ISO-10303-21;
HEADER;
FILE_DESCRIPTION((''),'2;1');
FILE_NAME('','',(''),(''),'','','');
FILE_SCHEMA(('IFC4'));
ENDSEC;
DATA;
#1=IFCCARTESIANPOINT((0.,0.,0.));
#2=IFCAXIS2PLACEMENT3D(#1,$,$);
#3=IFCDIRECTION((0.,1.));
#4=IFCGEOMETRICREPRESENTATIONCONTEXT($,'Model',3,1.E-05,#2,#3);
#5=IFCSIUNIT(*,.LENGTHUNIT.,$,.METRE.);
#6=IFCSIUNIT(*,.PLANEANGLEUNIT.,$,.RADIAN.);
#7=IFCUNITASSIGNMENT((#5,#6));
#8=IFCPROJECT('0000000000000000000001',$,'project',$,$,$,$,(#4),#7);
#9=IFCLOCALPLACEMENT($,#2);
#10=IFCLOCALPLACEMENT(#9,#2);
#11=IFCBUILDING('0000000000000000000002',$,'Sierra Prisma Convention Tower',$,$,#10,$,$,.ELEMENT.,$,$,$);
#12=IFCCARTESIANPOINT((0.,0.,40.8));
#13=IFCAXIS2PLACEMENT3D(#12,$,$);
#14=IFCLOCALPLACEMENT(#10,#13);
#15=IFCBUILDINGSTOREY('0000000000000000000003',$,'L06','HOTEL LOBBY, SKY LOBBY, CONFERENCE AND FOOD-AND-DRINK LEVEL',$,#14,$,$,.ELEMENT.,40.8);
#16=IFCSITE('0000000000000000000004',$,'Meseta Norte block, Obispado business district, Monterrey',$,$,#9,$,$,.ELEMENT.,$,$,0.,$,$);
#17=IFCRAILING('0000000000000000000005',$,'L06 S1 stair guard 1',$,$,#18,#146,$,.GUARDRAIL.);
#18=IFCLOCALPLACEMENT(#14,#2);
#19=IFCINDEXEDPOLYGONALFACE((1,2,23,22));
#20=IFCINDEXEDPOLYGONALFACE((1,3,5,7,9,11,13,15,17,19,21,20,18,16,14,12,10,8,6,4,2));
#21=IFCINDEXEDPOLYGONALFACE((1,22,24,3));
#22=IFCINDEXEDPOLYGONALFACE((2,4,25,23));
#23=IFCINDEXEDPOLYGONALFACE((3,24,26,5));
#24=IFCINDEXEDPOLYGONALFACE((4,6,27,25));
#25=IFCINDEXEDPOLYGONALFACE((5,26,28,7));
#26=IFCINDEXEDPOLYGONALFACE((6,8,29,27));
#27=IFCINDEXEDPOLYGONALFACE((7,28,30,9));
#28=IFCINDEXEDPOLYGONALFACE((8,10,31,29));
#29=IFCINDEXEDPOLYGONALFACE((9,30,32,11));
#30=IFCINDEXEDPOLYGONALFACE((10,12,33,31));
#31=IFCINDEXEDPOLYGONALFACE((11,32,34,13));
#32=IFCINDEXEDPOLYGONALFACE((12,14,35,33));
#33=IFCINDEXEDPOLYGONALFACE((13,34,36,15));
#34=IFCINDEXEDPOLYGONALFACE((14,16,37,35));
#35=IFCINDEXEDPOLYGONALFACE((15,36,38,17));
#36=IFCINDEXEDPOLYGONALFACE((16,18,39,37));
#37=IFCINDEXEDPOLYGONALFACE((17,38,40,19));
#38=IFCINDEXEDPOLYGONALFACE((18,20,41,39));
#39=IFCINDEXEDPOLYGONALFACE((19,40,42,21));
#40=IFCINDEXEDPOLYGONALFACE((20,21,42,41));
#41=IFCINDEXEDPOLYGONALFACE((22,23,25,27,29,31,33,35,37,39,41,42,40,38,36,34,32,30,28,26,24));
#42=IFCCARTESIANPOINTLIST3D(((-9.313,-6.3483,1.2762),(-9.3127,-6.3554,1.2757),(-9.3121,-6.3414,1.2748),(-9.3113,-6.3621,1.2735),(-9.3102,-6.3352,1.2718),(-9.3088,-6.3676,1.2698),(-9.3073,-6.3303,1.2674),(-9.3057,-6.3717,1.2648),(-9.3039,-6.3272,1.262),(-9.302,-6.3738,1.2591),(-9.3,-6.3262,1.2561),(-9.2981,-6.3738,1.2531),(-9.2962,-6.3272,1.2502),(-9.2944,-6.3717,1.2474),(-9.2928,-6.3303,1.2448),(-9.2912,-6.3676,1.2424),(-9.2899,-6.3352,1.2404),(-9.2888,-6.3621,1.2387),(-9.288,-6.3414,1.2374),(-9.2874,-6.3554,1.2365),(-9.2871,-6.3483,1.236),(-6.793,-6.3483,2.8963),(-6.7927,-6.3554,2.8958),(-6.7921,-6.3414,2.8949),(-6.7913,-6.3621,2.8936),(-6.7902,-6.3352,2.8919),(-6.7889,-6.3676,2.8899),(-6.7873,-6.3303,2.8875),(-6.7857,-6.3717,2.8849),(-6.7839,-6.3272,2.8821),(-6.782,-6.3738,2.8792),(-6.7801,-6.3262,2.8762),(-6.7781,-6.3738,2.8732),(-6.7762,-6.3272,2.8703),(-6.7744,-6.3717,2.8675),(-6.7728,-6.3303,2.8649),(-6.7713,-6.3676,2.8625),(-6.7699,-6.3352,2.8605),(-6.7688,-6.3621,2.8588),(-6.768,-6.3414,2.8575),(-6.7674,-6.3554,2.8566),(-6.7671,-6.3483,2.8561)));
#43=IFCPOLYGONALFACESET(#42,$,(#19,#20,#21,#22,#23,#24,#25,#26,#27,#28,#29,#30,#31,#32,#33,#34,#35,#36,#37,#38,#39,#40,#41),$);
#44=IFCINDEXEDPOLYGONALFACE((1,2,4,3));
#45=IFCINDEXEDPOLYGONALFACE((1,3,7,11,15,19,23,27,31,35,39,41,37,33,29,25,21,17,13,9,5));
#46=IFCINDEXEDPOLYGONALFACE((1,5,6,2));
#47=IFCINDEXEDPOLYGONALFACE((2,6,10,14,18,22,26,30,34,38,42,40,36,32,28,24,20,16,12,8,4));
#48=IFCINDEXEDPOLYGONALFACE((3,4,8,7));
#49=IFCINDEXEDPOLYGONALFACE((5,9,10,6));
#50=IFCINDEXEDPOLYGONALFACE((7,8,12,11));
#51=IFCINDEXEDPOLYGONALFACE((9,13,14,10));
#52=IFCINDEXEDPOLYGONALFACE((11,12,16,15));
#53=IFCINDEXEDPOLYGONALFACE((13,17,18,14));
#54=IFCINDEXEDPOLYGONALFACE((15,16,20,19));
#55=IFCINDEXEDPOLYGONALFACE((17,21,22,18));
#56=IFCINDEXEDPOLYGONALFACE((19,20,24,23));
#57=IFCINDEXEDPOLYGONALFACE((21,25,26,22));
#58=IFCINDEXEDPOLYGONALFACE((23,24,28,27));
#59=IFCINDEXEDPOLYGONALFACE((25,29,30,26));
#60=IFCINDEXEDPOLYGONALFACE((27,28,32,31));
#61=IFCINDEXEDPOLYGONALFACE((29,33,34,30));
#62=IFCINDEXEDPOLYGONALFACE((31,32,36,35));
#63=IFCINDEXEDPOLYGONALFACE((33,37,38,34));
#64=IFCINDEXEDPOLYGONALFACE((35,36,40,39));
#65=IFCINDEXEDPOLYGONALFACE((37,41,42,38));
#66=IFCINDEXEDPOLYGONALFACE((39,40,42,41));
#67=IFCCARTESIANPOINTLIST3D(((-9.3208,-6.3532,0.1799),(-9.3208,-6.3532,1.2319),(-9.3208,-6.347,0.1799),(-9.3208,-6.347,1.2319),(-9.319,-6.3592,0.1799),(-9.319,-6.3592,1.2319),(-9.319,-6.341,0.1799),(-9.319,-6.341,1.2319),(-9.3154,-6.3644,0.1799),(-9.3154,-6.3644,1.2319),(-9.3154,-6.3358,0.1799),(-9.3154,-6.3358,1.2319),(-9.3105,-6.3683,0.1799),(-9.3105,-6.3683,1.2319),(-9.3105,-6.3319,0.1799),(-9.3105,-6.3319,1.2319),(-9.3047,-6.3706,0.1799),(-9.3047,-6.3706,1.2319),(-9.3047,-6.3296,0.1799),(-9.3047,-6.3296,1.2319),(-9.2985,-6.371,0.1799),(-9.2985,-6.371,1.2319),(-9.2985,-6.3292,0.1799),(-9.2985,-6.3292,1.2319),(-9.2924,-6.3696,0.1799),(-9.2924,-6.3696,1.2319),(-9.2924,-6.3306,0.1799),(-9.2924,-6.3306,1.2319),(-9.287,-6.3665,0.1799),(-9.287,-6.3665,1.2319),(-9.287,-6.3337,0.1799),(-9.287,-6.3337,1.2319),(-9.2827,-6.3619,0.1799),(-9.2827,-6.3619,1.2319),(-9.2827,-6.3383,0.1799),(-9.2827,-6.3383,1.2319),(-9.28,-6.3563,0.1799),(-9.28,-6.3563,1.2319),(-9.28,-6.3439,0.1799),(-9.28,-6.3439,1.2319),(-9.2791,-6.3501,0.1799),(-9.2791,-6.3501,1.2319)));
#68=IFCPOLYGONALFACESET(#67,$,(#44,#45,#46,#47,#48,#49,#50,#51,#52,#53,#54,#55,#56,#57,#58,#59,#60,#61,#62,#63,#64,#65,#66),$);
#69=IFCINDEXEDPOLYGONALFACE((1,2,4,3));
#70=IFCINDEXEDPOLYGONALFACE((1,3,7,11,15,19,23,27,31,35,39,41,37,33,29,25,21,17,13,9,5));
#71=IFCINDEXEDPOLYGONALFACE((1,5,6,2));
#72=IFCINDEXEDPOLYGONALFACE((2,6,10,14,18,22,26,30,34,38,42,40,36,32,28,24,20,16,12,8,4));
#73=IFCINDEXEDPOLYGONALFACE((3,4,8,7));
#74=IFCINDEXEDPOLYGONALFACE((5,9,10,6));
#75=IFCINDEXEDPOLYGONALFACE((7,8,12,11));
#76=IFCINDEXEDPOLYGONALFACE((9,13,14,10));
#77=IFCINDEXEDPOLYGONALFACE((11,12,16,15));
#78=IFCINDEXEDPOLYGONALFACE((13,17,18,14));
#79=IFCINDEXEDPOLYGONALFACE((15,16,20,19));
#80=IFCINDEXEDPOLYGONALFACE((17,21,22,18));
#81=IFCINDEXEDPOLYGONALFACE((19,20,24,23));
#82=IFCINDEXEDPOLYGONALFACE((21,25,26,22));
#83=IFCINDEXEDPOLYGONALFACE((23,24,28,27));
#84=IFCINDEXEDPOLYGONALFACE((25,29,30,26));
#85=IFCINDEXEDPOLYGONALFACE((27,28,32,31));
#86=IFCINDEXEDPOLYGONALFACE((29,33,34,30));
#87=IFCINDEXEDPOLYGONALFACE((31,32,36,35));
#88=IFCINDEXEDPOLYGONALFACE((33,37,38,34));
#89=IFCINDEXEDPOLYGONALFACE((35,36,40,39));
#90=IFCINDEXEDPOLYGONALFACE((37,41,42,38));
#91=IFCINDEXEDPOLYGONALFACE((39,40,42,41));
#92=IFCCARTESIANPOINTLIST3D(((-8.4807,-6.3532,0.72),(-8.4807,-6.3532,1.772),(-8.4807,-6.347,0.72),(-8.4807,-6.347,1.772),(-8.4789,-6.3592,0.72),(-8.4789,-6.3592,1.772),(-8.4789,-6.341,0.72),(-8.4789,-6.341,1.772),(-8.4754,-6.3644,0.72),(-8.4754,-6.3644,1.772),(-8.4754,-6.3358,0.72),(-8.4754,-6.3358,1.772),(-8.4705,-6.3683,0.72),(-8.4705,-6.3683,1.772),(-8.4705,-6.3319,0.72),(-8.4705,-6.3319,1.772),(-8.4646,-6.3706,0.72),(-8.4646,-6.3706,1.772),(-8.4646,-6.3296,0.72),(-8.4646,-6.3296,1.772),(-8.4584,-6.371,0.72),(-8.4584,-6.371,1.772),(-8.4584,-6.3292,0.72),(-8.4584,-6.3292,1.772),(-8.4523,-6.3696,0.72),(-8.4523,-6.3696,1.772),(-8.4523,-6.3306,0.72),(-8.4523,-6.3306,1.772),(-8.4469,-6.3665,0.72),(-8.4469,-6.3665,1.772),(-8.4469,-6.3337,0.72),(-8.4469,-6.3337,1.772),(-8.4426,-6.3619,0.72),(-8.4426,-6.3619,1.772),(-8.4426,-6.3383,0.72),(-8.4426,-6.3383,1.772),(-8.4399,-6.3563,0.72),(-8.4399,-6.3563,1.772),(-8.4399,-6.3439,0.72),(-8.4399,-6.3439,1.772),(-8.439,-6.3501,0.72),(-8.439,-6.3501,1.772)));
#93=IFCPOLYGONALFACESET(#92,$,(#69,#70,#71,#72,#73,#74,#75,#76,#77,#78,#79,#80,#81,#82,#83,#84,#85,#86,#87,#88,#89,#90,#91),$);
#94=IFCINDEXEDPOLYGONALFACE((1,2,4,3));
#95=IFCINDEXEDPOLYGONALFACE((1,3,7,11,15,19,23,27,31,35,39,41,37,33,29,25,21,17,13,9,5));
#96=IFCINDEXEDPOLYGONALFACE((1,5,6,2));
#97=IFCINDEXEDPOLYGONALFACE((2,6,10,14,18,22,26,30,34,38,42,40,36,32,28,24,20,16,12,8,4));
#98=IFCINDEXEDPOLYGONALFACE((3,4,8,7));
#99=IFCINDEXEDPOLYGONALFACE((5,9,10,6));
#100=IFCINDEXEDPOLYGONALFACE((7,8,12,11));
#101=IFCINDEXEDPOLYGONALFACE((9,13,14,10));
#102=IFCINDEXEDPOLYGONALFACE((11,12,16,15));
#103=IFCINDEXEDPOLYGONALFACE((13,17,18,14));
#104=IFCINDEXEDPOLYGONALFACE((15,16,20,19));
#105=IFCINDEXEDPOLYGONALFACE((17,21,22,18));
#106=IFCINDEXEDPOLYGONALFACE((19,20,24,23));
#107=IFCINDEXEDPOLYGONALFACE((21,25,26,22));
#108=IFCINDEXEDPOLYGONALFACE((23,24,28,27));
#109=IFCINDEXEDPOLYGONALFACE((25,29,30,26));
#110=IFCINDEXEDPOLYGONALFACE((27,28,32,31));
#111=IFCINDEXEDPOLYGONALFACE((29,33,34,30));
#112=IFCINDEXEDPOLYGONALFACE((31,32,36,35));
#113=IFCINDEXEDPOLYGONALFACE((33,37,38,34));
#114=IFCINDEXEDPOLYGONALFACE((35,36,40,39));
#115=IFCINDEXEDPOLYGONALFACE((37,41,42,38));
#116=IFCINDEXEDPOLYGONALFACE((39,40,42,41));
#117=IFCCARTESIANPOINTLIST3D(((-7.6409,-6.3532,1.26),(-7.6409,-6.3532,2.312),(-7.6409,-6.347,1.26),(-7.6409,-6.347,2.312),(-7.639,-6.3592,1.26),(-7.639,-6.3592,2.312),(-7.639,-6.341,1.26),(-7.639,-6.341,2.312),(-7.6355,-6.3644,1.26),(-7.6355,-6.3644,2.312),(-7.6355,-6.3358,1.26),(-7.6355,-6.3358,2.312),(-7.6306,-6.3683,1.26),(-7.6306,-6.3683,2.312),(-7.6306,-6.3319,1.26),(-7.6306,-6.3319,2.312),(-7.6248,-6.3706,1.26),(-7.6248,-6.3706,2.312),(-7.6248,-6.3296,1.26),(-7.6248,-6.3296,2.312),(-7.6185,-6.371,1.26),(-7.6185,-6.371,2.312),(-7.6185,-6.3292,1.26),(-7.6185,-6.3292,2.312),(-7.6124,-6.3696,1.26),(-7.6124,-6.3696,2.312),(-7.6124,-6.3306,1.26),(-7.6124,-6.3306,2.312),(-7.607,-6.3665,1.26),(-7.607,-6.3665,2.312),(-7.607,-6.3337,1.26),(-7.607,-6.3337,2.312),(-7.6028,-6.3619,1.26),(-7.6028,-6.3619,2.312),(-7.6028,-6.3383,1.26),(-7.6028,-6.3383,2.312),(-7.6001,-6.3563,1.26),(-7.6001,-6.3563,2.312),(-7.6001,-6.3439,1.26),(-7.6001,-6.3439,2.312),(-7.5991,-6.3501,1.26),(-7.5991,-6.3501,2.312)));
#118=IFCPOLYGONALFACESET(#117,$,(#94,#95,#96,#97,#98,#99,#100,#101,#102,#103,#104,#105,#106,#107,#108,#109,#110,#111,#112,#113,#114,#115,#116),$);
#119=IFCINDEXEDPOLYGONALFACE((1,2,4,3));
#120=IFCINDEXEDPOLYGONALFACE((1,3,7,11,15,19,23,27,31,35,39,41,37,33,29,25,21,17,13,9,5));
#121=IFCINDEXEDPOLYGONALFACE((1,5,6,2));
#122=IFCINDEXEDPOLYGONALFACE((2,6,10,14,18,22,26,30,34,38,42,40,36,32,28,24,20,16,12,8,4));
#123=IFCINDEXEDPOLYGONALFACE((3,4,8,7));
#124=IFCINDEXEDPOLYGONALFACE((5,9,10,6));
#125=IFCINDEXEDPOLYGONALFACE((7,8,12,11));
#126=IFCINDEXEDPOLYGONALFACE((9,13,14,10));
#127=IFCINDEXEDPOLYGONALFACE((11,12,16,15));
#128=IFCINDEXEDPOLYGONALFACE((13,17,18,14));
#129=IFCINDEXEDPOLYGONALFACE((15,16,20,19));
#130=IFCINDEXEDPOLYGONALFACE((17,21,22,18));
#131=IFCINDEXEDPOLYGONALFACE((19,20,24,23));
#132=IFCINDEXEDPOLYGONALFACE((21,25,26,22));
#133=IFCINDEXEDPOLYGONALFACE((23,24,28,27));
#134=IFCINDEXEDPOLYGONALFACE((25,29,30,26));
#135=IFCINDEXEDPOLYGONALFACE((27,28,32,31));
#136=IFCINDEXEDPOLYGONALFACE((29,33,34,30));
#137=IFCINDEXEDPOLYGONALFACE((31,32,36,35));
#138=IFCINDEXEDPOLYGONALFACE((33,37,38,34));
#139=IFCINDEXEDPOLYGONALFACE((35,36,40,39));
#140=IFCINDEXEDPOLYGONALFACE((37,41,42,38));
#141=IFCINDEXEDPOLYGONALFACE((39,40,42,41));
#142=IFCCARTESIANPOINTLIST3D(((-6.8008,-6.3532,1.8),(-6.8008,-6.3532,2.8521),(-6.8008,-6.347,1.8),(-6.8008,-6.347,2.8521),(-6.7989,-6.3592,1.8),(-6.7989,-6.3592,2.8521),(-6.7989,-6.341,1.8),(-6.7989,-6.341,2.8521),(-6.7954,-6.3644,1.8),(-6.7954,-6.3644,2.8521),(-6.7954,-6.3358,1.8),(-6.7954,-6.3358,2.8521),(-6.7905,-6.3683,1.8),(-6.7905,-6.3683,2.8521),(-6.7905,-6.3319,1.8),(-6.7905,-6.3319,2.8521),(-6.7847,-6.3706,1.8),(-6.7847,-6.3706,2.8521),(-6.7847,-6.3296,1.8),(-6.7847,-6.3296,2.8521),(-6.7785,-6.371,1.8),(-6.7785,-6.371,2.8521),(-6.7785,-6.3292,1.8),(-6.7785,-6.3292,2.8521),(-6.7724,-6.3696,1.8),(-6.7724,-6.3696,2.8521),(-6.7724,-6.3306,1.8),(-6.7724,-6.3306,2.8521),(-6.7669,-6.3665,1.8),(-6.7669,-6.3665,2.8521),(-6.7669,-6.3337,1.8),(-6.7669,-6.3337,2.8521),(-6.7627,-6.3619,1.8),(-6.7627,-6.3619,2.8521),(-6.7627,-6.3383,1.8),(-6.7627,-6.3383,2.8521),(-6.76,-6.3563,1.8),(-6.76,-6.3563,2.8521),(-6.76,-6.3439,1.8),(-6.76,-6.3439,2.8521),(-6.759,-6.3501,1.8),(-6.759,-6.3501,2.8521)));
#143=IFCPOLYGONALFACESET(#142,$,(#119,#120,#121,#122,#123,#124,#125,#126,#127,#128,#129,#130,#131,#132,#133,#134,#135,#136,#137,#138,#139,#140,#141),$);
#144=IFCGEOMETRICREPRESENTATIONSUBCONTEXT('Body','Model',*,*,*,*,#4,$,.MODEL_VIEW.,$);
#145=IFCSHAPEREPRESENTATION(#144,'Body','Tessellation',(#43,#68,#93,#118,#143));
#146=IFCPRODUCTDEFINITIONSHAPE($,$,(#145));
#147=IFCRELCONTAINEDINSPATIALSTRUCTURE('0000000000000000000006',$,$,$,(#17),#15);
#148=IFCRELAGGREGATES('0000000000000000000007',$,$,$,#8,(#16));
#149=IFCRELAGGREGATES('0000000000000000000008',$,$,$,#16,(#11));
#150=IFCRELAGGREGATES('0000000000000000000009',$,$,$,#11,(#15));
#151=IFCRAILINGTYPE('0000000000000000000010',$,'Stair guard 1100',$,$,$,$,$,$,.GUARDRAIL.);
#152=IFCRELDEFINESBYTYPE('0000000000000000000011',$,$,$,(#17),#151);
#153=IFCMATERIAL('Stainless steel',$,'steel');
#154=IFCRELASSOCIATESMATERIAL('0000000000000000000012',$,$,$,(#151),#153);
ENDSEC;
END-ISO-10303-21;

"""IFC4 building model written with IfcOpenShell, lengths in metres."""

from ifc_helpers import new_model, si_unit, direction, frame, origin, origin_2d, place, context, subcontext, project, spatial, circle, extrude, material, type_object, element, save


model = new_model("IFC4")

# Units and contexts
model_context = context("Model", 3, precision=1e-05, world=origin(), true_north=direction((0.0, 1.0)))
body_context = subcontext(model_context, "Body", "Model", "MODEL_VIEW")
ifc_project = project(units=[si_unit("LENGTHUNIT", "METRE"), si_unit("PLANEANGLEUNIT", "RADIAN")], contexts=[model_context])

# Site, building, storey
site_placement = place(None, origin())
site = spatial("IfcSite", under=ifc_project, at=site_placement, Name="Meseta Norte block, Obispado business district, Monterrey", CompositionType="ELEMENT", RefElevation=0.0)
building_placement = place(site_placement, origin())
building = spatial("IfcBuilding", under=site, at=building_placement, Name="Sierra Prisma Convention Tower", CompositionType="ELEMENT")
storey_placement = place(building_placement, frame((0.0, 0.0, 40.8)))
storey = spatial("IfcBuildingStorey", under=building, at=storey_placement, Name="L06", Description="HOTEL LOBBY, SKY LOBBY, CONFERENCE AND FOOD-AND-DRINK LEVEL", CompositionType="ELEMENT", Elevation=40.8)

# Railing
ifc_material_1 = material(Name="Stainless steel", Category="steel")
railing_type_1 = type_object("IfcRailingType", Name="Stair guard 1100", PredefinedType="GUARDRAIL", material=ifc_material_1)
railing_1_placement = place(storey_placement, frame((-9.3, -6.3501, 0.1799)))
element("IfcRailing", 1, at=railing_1_placement, inside=storey, type_object=railing_type_1, Name="L06 S1 stair guard 1", PredefinedType="GUARDRAIL", context=body_context, shape_type="SweptSolid", body=[
    extrude(circle(Radius=0.0239, at=origin_2d()), frame((0.0, 0.0, 1.0762), z_axis=(0.841163, 0.0, 0.540782), x_axis=(0.0, 1.0, 0.0)), (0.0, 0.0, 1.0), 2.9958),
    extrude(circle(Radius=0.021, at=origin_2d()), origin(), (0.0, 0.0, 1.0), 1.052),
    extrude(circle(Radius=0.021, at=origin_2d()), frame((0.8401, 0.0, 0.54)), (0.0, 0.0, 1.0), 1.052),
    extrude(circle(Radius=0.021, at=origin_2d()), frame((1.6799, 0.0, 1.0801)), (0.0, 0.0, 1.0), 1.052),
    extrude(circle(Radius=0.021, at=origin_2d()), frame((2.52, 0.0, 1.6201)), (0.0, 0.0, 1.0), 1.052),
])

save(model, "model.ifc")
